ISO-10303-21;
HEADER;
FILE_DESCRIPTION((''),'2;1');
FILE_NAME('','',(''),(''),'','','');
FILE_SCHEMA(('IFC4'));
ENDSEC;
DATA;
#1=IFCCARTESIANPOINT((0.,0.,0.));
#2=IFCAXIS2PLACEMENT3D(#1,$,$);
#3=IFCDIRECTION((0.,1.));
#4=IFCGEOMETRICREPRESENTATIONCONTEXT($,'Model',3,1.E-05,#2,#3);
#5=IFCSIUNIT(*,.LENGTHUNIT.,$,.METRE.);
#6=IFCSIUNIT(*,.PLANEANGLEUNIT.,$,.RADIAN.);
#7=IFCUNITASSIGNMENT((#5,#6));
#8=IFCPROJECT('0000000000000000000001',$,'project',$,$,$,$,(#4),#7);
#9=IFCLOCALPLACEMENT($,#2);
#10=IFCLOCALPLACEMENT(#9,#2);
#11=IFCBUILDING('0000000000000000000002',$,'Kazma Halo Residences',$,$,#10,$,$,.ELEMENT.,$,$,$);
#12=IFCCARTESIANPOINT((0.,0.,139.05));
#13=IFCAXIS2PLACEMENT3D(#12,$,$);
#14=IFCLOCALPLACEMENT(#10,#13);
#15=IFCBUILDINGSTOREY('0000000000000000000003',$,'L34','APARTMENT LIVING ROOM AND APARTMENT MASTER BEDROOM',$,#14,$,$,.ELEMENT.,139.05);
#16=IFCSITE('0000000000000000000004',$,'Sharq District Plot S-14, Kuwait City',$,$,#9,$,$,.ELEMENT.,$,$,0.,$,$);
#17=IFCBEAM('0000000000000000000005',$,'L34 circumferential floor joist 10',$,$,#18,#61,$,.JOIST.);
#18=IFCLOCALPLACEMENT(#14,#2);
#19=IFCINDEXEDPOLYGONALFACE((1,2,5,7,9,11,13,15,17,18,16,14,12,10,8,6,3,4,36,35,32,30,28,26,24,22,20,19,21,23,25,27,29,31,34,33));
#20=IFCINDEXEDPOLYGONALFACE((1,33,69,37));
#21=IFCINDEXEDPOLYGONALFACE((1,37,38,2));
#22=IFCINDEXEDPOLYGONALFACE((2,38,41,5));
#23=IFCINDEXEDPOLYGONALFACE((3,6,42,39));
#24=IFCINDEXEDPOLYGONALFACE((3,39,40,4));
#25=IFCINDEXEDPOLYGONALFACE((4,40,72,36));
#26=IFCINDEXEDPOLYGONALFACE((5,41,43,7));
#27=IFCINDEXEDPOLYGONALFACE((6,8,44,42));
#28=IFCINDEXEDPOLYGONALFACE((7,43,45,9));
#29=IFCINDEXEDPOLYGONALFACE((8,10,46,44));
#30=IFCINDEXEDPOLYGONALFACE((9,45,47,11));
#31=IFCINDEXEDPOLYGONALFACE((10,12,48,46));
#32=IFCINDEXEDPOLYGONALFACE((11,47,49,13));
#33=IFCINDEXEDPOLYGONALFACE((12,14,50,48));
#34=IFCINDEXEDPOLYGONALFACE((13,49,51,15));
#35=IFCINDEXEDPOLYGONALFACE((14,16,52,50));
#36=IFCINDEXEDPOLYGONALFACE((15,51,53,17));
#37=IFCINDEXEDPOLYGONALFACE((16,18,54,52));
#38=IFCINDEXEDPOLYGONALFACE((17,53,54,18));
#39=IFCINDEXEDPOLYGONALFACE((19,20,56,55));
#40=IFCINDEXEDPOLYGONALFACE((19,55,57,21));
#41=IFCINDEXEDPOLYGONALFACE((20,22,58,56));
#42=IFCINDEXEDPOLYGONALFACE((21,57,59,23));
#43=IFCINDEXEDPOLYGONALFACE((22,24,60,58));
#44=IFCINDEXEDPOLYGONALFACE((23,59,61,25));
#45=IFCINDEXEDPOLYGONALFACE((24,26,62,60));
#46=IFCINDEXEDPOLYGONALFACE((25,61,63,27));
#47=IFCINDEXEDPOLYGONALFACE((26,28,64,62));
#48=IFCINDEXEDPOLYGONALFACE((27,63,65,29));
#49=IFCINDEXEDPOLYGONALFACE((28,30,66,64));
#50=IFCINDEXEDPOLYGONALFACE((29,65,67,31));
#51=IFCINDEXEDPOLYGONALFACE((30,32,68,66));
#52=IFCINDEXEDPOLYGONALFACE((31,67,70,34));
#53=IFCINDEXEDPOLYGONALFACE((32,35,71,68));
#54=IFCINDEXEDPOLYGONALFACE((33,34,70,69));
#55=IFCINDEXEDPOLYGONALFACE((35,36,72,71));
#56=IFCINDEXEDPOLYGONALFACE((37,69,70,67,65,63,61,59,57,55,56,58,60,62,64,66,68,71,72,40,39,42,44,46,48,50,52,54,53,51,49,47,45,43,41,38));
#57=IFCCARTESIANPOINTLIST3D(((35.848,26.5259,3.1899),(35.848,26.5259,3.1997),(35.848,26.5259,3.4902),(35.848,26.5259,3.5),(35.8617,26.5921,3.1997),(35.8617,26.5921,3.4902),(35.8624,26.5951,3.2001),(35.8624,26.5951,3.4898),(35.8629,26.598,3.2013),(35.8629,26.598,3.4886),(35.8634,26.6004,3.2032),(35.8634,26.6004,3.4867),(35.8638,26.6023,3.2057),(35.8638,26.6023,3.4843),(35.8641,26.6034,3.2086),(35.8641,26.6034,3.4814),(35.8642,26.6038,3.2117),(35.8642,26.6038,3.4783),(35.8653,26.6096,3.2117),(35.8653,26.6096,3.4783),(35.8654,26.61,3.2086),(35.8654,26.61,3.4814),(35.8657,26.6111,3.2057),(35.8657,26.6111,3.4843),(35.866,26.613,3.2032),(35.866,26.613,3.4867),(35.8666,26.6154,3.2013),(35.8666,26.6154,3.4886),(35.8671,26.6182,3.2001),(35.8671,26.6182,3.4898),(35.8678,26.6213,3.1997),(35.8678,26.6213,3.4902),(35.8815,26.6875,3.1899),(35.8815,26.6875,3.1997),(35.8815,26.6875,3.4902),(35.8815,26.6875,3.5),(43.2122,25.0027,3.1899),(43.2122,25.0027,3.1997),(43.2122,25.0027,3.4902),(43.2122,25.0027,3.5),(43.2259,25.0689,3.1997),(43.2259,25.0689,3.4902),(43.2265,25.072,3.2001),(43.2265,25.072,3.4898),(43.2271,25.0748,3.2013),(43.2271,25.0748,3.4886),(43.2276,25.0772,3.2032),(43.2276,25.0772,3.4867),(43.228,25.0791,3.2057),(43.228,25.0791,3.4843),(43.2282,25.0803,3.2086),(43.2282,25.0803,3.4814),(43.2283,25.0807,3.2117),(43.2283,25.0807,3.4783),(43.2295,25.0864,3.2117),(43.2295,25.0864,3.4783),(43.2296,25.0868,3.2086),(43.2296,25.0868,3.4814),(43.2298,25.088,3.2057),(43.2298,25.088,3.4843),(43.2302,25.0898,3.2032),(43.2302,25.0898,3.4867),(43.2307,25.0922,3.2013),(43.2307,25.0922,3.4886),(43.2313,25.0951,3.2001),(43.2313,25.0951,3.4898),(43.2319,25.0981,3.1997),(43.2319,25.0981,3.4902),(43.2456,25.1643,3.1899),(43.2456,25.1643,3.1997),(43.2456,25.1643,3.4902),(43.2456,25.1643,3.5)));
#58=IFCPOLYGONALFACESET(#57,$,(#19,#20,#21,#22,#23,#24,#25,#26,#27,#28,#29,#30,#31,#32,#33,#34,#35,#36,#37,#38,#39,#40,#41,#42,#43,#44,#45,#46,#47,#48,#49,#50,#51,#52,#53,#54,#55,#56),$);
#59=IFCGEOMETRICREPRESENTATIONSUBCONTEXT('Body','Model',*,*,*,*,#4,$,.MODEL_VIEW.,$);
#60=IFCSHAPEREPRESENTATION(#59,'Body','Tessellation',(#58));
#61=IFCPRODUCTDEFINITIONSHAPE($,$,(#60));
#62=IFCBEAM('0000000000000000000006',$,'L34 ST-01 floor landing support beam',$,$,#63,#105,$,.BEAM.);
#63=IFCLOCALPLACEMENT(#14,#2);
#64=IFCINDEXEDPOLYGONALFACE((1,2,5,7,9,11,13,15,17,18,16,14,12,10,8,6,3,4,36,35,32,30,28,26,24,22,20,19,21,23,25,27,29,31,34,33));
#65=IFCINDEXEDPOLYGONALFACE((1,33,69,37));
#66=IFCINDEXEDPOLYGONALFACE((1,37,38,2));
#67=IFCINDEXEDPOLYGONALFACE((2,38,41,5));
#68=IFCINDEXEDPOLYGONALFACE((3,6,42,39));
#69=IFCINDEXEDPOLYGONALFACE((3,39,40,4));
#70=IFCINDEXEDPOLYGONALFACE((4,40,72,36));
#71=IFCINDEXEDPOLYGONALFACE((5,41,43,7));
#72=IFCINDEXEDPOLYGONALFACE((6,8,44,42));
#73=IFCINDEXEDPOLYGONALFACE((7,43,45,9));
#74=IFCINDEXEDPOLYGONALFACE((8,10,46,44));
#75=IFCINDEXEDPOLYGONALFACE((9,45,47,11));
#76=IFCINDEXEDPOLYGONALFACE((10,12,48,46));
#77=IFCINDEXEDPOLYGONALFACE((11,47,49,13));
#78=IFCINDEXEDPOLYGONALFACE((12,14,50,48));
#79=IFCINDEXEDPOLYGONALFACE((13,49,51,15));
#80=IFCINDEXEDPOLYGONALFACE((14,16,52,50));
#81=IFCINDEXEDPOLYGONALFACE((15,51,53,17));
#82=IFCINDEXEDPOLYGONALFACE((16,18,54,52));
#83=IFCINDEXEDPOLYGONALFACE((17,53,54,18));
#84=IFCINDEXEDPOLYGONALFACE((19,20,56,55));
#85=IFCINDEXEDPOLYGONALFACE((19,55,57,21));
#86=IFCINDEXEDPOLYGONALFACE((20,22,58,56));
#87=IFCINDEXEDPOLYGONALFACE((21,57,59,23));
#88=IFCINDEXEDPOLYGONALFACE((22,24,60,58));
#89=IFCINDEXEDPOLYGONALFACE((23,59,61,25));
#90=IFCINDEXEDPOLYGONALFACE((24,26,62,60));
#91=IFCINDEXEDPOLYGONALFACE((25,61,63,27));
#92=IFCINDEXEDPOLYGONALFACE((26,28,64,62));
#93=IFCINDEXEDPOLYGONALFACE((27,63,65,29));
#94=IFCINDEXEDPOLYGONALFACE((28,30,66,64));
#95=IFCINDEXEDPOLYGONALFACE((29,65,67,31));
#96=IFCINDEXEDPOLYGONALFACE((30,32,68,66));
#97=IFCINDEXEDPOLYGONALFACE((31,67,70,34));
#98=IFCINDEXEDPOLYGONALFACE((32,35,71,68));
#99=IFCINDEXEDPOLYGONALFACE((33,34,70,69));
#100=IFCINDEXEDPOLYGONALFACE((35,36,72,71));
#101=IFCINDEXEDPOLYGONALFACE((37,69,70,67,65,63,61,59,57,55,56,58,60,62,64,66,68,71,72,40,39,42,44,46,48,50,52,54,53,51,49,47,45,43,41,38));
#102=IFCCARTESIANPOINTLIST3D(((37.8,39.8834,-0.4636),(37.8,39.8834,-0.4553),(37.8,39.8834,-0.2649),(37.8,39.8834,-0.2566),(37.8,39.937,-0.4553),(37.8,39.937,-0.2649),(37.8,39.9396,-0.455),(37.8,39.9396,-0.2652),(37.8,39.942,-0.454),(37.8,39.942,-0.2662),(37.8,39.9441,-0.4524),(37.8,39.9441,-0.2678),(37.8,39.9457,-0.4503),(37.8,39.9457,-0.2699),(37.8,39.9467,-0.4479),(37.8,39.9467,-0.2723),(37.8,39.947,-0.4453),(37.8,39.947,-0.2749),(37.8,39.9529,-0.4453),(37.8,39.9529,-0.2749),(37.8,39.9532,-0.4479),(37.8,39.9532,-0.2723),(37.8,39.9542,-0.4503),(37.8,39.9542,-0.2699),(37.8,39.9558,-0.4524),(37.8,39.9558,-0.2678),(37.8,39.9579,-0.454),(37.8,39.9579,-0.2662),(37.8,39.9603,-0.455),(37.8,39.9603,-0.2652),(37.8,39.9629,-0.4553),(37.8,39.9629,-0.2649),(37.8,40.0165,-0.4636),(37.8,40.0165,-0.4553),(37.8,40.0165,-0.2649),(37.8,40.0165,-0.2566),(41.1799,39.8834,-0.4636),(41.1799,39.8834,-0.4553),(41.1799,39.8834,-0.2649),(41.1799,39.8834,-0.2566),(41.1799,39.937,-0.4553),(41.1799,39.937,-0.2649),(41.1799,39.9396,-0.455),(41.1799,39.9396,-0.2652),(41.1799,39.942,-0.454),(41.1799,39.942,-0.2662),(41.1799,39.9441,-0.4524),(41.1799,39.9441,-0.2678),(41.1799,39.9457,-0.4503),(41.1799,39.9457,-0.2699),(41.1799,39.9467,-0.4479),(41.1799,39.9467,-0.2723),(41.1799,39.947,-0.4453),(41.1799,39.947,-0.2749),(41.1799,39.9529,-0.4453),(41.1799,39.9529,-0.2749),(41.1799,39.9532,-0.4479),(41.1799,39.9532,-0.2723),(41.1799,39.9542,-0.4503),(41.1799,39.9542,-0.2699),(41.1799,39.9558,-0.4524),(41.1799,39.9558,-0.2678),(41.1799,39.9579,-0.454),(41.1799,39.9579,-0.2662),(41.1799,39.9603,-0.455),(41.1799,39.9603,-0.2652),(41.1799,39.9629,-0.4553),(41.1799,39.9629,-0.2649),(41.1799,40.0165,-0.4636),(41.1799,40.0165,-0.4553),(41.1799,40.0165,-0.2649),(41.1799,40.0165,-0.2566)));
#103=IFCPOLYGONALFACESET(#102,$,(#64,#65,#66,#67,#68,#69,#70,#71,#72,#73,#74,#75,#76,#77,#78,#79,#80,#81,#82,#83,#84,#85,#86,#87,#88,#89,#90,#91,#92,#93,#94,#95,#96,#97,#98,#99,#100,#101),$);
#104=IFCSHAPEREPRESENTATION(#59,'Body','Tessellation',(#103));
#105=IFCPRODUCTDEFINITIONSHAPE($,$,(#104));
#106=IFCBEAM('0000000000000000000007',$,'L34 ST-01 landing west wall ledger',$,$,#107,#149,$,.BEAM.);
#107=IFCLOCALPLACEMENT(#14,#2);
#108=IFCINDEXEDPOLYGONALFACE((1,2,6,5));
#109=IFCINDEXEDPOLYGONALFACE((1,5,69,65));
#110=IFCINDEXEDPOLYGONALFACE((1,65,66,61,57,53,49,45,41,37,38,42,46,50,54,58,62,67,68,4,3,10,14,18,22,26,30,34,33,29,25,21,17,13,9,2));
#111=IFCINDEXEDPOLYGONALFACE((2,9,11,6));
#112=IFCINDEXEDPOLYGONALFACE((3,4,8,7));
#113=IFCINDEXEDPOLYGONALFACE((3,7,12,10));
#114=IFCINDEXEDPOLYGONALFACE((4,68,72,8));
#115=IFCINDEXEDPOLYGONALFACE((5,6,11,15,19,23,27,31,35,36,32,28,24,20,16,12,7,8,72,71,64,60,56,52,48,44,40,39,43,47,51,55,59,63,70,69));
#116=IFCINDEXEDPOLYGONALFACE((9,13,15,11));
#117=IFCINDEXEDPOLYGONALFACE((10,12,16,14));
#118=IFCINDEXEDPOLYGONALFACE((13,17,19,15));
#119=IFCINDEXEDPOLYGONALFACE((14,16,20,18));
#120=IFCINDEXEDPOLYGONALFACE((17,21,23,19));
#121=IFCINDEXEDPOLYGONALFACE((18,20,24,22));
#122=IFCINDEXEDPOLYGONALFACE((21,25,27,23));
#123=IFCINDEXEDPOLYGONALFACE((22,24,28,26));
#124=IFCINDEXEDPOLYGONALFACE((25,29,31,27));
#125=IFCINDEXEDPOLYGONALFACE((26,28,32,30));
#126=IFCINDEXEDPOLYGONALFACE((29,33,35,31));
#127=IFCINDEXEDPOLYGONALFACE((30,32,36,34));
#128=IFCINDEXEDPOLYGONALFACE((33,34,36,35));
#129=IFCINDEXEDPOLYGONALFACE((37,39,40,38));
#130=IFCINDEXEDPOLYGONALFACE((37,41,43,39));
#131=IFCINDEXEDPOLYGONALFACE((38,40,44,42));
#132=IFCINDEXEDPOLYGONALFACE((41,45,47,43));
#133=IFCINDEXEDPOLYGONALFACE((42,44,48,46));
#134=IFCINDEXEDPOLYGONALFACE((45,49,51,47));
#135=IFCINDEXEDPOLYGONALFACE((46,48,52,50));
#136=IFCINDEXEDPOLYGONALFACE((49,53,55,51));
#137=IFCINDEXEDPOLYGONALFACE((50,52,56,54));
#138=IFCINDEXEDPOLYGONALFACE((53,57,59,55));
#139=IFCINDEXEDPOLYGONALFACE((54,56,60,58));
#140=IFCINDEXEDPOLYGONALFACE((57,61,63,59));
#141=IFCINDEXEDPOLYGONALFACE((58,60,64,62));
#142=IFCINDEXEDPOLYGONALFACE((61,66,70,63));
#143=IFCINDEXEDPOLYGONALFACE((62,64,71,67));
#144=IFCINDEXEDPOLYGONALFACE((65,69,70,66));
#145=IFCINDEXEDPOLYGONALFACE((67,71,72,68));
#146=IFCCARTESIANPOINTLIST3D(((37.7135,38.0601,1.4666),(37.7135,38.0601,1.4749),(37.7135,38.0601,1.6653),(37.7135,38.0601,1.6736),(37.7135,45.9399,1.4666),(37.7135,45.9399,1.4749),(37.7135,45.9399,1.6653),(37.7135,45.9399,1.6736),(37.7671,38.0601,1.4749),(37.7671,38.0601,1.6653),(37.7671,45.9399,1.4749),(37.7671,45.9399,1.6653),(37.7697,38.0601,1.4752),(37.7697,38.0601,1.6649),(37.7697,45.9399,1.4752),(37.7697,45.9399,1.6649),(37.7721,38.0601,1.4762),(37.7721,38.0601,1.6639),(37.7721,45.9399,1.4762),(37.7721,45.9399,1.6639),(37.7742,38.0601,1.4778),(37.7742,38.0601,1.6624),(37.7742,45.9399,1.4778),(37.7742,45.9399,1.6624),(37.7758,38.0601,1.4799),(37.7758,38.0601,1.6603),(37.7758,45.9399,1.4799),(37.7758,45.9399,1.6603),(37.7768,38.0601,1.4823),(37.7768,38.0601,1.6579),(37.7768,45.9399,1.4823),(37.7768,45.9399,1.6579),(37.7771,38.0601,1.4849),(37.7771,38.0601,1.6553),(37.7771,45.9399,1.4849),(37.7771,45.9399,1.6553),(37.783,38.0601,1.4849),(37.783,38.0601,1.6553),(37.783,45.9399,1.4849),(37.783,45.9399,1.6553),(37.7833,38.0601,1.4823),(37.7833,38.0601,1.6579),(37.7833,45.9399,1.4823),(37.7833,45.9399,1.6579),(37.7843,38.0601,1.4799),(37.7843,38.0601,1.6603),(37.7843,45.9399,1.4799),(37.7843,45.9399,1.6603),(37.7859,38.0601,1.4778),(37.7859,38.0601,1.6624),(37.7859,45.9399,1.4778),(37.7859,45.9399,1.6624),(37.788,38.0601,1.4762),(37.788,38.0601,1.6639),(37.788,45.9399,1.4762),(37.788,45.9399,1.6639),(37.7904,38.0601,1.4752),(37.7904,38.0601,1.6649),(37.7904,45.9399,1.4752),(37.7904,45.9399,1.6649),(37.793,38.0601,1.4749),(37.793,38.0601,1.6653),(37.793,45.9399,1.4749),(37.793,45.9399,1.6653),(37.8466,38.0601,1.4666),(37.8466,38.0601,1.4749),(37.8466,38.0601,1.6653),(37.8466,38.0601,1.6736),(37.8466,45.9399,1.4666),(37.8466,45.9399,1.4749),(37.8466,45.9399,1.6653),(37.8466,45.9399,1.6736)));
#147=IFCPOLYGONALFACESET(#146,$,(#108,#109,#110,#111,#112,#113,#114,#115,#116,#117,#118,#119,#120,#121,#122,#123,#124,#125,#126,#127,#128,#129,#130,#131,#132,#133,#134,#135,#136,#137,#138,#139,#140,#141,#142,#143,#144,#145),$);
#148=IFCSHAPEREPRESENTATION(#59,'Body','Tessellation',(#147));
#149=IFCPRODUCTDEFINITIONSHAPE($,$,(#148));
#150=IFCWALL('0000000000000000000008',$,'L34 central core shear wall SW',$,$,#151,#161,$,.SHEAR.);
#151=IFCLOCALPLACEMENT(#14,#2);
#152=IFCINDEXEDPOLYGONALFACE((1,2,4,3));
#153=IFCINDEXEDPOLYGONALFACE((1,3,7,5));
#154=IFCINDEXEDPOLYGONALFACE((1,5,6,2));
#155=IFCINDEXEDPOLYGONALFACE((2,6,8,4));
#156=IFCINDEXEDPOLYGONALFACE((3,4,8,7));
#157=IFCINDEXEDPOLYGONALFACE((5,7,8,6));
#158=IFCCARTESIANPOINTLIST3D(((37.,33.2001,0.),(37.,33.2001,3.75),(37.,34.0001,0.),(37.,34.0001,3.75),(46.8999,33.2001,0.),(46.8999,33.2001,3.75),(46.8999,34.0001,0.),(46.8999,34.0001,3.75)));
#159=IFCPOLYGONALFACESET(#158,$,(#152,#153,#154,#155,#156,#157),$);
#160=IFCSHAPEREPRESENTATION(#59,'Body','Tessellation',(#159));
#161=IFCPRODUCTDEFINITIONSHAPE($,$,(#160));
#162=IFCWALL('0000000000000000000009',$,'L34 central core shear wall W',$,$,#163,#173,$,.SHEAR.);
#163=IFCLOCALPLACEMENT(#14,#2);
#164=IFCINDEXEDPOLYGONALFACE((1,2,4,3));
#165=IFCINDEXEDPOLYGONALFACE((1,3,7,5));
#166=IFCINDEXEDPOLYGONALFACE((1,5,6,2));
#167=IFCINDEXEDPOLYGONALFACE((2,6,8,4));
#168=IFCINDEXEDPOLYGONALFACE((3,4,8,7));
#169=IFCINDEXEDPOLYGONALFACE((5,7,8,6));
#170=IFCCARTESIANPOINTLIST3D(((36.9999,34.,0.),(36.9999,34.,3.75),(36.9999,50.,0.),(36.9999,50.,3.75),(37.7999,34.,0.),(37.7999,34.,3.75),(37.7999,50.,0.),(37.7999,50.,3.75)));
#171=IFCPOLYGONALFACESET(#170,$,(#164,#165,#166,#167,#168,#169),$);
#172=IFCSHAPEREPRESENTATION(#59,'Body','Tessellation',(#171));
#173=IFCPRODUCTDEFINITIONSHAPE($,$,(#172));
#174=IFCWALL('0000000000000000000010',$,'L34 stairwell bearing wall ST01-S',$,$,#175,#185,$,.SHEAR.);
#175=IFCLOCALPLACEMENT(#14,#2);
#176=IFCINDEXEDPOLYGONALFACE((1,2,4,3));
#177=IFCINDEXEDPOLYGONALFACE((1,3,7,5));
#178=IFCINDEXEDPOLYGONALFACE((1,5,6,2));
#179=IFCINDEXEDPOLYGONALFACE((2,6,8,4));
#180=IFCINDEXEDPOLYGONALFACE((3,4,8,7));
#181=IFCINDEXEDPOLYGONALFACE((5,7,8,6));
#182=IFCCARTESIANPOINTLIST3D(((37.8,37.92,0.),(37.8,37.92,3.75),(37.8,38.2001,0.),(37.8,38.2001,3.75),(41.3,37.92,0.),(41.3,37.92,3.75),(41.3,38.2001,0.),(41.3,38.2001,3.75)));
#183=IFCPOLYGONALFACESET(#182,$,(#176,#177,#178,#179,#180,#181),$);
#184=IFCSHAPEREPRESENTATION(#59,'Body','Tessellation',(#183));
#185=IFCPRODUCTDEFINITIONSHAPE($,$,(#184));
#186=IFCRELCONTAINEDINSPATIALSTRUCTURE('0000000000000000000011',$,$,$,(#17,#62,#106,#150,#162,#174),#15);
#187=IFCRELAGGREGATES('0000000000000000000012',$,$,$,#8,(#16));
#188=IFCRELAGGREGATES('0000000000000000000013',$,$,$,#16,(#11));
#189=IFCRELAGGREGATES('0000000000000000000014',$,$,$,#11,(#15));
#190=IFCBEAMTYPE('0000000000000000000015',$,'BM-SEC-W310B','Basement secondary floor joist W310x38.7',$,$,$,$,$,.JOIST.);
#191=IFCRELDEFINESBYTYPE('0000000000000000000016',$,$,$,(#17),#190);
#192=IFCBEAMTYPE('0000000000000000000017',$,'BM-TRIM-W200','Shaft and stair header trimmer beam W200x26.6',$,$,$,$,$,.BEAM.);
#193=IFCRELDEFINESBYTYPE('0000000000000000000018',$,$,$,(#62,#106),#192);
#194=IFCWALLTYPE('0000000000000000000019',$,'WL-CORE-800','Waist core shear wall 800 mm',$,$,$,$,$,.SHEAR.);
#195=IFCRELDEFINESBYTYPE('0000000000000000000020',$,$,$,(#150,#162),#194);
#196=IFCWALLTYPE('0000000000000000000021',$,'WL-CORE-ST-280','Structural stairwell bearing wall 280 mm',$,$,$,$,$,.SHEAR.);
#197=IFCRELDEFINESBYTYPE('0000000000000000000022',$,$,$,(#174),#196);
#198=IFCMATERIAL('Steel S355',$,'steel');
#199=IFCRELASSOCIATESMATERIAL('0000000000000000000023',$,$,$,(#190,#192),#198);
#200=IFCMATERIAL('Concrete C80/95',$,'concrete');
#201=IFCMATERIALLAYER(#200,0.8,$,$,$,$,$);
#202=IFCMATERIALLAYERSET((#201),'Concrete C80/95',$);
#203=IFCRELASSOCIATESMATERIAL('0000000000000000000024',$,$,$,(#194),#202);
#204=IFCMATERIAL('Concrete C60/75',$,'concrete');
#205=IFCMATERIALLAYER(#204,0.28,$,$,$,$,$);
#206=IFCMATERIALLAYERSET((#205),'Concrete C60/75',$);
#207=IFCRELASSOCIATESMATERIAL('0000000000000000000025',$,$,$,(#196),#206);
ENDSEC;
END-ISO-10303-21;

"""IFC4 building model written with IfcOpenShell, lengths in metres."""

from ifc_helpers import new_model, si_unit, direction, frame, frame_2d, origin, origin_2d, place, context, subcontext, project, spatial, rectangle, i_section, extrude, material, layer, layer_set, material_profile, profile_set, type_object, element, save


model = new_model("IFC4")

# Units and contexts
model_context = context("Model", 3, precision=1e-05, world=origin(), true_north=direction((0.0, 1.0)))
body_context = subcontext(model_context, "Body", "Model", "MODEL_VIEW")
ifc_project = project(units=[si_unit("LENGTHUNIT", "METRE"), si_unit("PLANEANGLEUNIT", "RADIAN")], contexts=[model_context])

# Site, building, storey
site_placement = place(None, origin())
site = spatial("IfcSite", under=ifc_project, at=site_placement, Name="Sharq District Plot S-14, Kuwait City", CompositionType="ELEMENT", RefElevation=0.0)
building_placement = place(site_placement, origin())
building = spatial("IfcBuilding", under=site, at=building_placement, Name="Kazma Halo Residences", CompositionType="ELEMENT")
storey_placement = place(building_placement, frame((0.0, 0.0, 139.05)))
storey = spatial("IfcBuildingStorey", under=building, at=storey_placement, Name="L34", Description="APARTMENT LIVING ROOM AND APARTMENT MASTER BEDROOM", CompositionType="ELEMENT", Elevation=139.05)

# Beams
ifc_material_1 = material(Name="Steel S355", Category="steel")
ifc_material_profile_1 = material_profile(ifc_material_1, i_section(OverallWidth=0.165, OverallDepth=0.3101, WebThickness=0.0059, FlangeThickness=0.0098, FilletRadius=0.012, at=origin_2d()), Name="W310x38.7")
ifc_profile_set_1 = profile_set([ifc_material_profile_1], Name="Steel S355")
beam_type_1 = type_object("IfcBeamType", Name="BM-SEC-W310B", Description="Basement secondary floor joist W310x38.7", PredefinedType="JOIST", material=ifc_profile_set_1)
beam_1_placement = place(storey_placement, frame((35.8647, 26.6067, 3.345), z_axis=(0.979272, -0.202549, 0.0), x_axis=(0.202549, 0.979272, 0.0)))
element("IfcBeam", 1, at=beam_1_placement, inside=storey, type_object=beam_type_1, Name="L34 circumferential floor joist 10", PredefinedType="JOIST", context=body_context, shape_type="SweptSolid", body=[
    extrude(i_section(OverallWidth=0.165, OverallDepth=0.3101, WebThickness=0.0059, FlangeThickness=0.0098, FilletRadius=0.012, at=origin_2d()), origin(), (0.0, 0.0, 1.0), 7.52),
])
ifc_material_profile_2 = material_profile(ifc_material_1, i_section(OverallWidth=0.1331, OverallDepth=0.207, WebThickness=0.0059, FlangeThickness=0.0083, FilletRadius=0.01, at=origin_2d()), Name="W200x26.6")
ifc_profile_set_2 = profile_set([ifc_material_profile_2], Name="Steel S355")
beam_type_2 = type_object("IfcBeamType", Name="BM-TRIM-W200", Description="Shaft and stair header trimmer beam W200x26.6", PredefinedType="BEAM", material=ifc_profile_set_2)
beam_2_placement = place(storey_placement, frame((37.8, 39.95, -0.3601), z_axis=(1.0, 0.0, 0.0), x_axis=(0.0, 1.0, 0.0)))
element("IfcBeam", 2, at=beam_2_placement, inside=storey, type_object=beam_type_2, Name="L34 ST-01 floor landing support beam", PredefinedType="BEAM", context=body_context, shape_type="SweptSolid", body=[
    extrude(i_section(OverallWidth=0.1331, OverallDepth=0.207, WebThickness=0.0059, FlangeThickness=0.0083, FilletRadius=0.01, at=origin_2d()), origin(), (0.0, 0.0, 1.0), 3.3799),
])
beam_3_placement = place(storey_placement, frame((37.78, 38.0601, 1.5701), z_axis=(0.0, 1.0, 0.0), x_axis=(-1.0, 0.0, 0.0)))
element("IfcBeam", 3, at=beam_3_placement, inside=storey, type_object=beam_type_2, Name="L34 ST-01 landing west wall ledger", PredefinedType="BEAM", context=body_context, shape_type="SweptSolid", body=[
    extrude(i_section(OverallWidth=0.1331, OverallDepth=0.207, WebThickness=0.0059, FlangeThickness=0.0083, FilletRadius=0.01, at=origin_2d()), origin(), (0.0, 0.0, 1.0), 7.8799),
])

# Walls
ifc_material_2 = material(Name="Concrete C80/95", Category="concrete")
ifc_layer_1 = layer(ifc_material_2, 0.8)
ifc_layer_set_1 = layer_set([ifc_layer_1], Name="Concrete C80/95")
wall_type_1 = type_object("IfcWallType", Name="WL-CORE-800", Description="Waist core shear wall 800 mm", PredefinedType="SHEAR", material=ifc_layer_set_1)
wall_1_placement = place(storey_placement, frame((37.0, 33.6001, 0.0), z_axis=(0.0, 0.0, 1.0), x_axis=(1.0, 0.0, 0.0)))
element("IfcWall", 4, at=wall_1_placement, inside=storey, type_object=wall_type_1, Name="L34 central core shear wall SW", PredefinedType="SHEAR", context=body_context, shape_type="SweptSolid", body=[
    extrude(rectangle(XDim=9.8999, YDim=0.8, at=frame_2d((4.95, 0.0))), origin(), (0.0, 0.0, 1.0), 3.75),
])
wall_2_placement = place(storey_placement, frame((37.3999, 34.0, 0.0), z_axis=(0.0, 0.0, 1.0), x_axis=(0.0, 1.0, 0.0)))
element("IfcWall", 5, at=wall_2_placement, inside=storey, type_object=wall_type_1, Name="L34 central core shear wall W", PredefinedType="SHEAR", context=body_context, shape_type="SweptSolid", body=[
    extrude(rectangle(XDim=16.0, YDim=0.8, at=frame_2d((8.0, 0.0))), origin(), (0.0, 0.0, 1.0), 3.75),
])
ifc_material_3 = material(Name="Concrete C60/75", Category="concrete")
ifc_layer_2 = layer(ifc_material_3, 0.28)
ifc_layer_set_2 = layer_set([ifc_layer_2], Name="Concrete C60/75")
wall_type_2 = type_object("IfcWallType", Name="WL-CORE-ST-280", Description="Structural stairwell bearing wall 280 mm", PredefinedType="SHEAR", material=ifc_layer_set_2)
wall_3_placement = place(storey_placement, frame((37.8, 38.0601, 0.0), z_axis=(0.0, 0.0, 1.0), x_axis=(1.0, 0.0, 0.0)))
element("IfcWall", 6, at=wall_3_placement, inside=storey, type_object=wall_type_2, Name="L34 stairwell bearing wall ST01-S", PredefinedType="SHEAR", context=body_context, shape_type="SweptSolid", body=[
    extrude(rectangle(XDim=3.5, YDim=0.28, at=frame_2d((1.75, 0.0))), origin(), (0.0, 0.0, 1.0), 3.75),
])

save(model, "model.ifc")
